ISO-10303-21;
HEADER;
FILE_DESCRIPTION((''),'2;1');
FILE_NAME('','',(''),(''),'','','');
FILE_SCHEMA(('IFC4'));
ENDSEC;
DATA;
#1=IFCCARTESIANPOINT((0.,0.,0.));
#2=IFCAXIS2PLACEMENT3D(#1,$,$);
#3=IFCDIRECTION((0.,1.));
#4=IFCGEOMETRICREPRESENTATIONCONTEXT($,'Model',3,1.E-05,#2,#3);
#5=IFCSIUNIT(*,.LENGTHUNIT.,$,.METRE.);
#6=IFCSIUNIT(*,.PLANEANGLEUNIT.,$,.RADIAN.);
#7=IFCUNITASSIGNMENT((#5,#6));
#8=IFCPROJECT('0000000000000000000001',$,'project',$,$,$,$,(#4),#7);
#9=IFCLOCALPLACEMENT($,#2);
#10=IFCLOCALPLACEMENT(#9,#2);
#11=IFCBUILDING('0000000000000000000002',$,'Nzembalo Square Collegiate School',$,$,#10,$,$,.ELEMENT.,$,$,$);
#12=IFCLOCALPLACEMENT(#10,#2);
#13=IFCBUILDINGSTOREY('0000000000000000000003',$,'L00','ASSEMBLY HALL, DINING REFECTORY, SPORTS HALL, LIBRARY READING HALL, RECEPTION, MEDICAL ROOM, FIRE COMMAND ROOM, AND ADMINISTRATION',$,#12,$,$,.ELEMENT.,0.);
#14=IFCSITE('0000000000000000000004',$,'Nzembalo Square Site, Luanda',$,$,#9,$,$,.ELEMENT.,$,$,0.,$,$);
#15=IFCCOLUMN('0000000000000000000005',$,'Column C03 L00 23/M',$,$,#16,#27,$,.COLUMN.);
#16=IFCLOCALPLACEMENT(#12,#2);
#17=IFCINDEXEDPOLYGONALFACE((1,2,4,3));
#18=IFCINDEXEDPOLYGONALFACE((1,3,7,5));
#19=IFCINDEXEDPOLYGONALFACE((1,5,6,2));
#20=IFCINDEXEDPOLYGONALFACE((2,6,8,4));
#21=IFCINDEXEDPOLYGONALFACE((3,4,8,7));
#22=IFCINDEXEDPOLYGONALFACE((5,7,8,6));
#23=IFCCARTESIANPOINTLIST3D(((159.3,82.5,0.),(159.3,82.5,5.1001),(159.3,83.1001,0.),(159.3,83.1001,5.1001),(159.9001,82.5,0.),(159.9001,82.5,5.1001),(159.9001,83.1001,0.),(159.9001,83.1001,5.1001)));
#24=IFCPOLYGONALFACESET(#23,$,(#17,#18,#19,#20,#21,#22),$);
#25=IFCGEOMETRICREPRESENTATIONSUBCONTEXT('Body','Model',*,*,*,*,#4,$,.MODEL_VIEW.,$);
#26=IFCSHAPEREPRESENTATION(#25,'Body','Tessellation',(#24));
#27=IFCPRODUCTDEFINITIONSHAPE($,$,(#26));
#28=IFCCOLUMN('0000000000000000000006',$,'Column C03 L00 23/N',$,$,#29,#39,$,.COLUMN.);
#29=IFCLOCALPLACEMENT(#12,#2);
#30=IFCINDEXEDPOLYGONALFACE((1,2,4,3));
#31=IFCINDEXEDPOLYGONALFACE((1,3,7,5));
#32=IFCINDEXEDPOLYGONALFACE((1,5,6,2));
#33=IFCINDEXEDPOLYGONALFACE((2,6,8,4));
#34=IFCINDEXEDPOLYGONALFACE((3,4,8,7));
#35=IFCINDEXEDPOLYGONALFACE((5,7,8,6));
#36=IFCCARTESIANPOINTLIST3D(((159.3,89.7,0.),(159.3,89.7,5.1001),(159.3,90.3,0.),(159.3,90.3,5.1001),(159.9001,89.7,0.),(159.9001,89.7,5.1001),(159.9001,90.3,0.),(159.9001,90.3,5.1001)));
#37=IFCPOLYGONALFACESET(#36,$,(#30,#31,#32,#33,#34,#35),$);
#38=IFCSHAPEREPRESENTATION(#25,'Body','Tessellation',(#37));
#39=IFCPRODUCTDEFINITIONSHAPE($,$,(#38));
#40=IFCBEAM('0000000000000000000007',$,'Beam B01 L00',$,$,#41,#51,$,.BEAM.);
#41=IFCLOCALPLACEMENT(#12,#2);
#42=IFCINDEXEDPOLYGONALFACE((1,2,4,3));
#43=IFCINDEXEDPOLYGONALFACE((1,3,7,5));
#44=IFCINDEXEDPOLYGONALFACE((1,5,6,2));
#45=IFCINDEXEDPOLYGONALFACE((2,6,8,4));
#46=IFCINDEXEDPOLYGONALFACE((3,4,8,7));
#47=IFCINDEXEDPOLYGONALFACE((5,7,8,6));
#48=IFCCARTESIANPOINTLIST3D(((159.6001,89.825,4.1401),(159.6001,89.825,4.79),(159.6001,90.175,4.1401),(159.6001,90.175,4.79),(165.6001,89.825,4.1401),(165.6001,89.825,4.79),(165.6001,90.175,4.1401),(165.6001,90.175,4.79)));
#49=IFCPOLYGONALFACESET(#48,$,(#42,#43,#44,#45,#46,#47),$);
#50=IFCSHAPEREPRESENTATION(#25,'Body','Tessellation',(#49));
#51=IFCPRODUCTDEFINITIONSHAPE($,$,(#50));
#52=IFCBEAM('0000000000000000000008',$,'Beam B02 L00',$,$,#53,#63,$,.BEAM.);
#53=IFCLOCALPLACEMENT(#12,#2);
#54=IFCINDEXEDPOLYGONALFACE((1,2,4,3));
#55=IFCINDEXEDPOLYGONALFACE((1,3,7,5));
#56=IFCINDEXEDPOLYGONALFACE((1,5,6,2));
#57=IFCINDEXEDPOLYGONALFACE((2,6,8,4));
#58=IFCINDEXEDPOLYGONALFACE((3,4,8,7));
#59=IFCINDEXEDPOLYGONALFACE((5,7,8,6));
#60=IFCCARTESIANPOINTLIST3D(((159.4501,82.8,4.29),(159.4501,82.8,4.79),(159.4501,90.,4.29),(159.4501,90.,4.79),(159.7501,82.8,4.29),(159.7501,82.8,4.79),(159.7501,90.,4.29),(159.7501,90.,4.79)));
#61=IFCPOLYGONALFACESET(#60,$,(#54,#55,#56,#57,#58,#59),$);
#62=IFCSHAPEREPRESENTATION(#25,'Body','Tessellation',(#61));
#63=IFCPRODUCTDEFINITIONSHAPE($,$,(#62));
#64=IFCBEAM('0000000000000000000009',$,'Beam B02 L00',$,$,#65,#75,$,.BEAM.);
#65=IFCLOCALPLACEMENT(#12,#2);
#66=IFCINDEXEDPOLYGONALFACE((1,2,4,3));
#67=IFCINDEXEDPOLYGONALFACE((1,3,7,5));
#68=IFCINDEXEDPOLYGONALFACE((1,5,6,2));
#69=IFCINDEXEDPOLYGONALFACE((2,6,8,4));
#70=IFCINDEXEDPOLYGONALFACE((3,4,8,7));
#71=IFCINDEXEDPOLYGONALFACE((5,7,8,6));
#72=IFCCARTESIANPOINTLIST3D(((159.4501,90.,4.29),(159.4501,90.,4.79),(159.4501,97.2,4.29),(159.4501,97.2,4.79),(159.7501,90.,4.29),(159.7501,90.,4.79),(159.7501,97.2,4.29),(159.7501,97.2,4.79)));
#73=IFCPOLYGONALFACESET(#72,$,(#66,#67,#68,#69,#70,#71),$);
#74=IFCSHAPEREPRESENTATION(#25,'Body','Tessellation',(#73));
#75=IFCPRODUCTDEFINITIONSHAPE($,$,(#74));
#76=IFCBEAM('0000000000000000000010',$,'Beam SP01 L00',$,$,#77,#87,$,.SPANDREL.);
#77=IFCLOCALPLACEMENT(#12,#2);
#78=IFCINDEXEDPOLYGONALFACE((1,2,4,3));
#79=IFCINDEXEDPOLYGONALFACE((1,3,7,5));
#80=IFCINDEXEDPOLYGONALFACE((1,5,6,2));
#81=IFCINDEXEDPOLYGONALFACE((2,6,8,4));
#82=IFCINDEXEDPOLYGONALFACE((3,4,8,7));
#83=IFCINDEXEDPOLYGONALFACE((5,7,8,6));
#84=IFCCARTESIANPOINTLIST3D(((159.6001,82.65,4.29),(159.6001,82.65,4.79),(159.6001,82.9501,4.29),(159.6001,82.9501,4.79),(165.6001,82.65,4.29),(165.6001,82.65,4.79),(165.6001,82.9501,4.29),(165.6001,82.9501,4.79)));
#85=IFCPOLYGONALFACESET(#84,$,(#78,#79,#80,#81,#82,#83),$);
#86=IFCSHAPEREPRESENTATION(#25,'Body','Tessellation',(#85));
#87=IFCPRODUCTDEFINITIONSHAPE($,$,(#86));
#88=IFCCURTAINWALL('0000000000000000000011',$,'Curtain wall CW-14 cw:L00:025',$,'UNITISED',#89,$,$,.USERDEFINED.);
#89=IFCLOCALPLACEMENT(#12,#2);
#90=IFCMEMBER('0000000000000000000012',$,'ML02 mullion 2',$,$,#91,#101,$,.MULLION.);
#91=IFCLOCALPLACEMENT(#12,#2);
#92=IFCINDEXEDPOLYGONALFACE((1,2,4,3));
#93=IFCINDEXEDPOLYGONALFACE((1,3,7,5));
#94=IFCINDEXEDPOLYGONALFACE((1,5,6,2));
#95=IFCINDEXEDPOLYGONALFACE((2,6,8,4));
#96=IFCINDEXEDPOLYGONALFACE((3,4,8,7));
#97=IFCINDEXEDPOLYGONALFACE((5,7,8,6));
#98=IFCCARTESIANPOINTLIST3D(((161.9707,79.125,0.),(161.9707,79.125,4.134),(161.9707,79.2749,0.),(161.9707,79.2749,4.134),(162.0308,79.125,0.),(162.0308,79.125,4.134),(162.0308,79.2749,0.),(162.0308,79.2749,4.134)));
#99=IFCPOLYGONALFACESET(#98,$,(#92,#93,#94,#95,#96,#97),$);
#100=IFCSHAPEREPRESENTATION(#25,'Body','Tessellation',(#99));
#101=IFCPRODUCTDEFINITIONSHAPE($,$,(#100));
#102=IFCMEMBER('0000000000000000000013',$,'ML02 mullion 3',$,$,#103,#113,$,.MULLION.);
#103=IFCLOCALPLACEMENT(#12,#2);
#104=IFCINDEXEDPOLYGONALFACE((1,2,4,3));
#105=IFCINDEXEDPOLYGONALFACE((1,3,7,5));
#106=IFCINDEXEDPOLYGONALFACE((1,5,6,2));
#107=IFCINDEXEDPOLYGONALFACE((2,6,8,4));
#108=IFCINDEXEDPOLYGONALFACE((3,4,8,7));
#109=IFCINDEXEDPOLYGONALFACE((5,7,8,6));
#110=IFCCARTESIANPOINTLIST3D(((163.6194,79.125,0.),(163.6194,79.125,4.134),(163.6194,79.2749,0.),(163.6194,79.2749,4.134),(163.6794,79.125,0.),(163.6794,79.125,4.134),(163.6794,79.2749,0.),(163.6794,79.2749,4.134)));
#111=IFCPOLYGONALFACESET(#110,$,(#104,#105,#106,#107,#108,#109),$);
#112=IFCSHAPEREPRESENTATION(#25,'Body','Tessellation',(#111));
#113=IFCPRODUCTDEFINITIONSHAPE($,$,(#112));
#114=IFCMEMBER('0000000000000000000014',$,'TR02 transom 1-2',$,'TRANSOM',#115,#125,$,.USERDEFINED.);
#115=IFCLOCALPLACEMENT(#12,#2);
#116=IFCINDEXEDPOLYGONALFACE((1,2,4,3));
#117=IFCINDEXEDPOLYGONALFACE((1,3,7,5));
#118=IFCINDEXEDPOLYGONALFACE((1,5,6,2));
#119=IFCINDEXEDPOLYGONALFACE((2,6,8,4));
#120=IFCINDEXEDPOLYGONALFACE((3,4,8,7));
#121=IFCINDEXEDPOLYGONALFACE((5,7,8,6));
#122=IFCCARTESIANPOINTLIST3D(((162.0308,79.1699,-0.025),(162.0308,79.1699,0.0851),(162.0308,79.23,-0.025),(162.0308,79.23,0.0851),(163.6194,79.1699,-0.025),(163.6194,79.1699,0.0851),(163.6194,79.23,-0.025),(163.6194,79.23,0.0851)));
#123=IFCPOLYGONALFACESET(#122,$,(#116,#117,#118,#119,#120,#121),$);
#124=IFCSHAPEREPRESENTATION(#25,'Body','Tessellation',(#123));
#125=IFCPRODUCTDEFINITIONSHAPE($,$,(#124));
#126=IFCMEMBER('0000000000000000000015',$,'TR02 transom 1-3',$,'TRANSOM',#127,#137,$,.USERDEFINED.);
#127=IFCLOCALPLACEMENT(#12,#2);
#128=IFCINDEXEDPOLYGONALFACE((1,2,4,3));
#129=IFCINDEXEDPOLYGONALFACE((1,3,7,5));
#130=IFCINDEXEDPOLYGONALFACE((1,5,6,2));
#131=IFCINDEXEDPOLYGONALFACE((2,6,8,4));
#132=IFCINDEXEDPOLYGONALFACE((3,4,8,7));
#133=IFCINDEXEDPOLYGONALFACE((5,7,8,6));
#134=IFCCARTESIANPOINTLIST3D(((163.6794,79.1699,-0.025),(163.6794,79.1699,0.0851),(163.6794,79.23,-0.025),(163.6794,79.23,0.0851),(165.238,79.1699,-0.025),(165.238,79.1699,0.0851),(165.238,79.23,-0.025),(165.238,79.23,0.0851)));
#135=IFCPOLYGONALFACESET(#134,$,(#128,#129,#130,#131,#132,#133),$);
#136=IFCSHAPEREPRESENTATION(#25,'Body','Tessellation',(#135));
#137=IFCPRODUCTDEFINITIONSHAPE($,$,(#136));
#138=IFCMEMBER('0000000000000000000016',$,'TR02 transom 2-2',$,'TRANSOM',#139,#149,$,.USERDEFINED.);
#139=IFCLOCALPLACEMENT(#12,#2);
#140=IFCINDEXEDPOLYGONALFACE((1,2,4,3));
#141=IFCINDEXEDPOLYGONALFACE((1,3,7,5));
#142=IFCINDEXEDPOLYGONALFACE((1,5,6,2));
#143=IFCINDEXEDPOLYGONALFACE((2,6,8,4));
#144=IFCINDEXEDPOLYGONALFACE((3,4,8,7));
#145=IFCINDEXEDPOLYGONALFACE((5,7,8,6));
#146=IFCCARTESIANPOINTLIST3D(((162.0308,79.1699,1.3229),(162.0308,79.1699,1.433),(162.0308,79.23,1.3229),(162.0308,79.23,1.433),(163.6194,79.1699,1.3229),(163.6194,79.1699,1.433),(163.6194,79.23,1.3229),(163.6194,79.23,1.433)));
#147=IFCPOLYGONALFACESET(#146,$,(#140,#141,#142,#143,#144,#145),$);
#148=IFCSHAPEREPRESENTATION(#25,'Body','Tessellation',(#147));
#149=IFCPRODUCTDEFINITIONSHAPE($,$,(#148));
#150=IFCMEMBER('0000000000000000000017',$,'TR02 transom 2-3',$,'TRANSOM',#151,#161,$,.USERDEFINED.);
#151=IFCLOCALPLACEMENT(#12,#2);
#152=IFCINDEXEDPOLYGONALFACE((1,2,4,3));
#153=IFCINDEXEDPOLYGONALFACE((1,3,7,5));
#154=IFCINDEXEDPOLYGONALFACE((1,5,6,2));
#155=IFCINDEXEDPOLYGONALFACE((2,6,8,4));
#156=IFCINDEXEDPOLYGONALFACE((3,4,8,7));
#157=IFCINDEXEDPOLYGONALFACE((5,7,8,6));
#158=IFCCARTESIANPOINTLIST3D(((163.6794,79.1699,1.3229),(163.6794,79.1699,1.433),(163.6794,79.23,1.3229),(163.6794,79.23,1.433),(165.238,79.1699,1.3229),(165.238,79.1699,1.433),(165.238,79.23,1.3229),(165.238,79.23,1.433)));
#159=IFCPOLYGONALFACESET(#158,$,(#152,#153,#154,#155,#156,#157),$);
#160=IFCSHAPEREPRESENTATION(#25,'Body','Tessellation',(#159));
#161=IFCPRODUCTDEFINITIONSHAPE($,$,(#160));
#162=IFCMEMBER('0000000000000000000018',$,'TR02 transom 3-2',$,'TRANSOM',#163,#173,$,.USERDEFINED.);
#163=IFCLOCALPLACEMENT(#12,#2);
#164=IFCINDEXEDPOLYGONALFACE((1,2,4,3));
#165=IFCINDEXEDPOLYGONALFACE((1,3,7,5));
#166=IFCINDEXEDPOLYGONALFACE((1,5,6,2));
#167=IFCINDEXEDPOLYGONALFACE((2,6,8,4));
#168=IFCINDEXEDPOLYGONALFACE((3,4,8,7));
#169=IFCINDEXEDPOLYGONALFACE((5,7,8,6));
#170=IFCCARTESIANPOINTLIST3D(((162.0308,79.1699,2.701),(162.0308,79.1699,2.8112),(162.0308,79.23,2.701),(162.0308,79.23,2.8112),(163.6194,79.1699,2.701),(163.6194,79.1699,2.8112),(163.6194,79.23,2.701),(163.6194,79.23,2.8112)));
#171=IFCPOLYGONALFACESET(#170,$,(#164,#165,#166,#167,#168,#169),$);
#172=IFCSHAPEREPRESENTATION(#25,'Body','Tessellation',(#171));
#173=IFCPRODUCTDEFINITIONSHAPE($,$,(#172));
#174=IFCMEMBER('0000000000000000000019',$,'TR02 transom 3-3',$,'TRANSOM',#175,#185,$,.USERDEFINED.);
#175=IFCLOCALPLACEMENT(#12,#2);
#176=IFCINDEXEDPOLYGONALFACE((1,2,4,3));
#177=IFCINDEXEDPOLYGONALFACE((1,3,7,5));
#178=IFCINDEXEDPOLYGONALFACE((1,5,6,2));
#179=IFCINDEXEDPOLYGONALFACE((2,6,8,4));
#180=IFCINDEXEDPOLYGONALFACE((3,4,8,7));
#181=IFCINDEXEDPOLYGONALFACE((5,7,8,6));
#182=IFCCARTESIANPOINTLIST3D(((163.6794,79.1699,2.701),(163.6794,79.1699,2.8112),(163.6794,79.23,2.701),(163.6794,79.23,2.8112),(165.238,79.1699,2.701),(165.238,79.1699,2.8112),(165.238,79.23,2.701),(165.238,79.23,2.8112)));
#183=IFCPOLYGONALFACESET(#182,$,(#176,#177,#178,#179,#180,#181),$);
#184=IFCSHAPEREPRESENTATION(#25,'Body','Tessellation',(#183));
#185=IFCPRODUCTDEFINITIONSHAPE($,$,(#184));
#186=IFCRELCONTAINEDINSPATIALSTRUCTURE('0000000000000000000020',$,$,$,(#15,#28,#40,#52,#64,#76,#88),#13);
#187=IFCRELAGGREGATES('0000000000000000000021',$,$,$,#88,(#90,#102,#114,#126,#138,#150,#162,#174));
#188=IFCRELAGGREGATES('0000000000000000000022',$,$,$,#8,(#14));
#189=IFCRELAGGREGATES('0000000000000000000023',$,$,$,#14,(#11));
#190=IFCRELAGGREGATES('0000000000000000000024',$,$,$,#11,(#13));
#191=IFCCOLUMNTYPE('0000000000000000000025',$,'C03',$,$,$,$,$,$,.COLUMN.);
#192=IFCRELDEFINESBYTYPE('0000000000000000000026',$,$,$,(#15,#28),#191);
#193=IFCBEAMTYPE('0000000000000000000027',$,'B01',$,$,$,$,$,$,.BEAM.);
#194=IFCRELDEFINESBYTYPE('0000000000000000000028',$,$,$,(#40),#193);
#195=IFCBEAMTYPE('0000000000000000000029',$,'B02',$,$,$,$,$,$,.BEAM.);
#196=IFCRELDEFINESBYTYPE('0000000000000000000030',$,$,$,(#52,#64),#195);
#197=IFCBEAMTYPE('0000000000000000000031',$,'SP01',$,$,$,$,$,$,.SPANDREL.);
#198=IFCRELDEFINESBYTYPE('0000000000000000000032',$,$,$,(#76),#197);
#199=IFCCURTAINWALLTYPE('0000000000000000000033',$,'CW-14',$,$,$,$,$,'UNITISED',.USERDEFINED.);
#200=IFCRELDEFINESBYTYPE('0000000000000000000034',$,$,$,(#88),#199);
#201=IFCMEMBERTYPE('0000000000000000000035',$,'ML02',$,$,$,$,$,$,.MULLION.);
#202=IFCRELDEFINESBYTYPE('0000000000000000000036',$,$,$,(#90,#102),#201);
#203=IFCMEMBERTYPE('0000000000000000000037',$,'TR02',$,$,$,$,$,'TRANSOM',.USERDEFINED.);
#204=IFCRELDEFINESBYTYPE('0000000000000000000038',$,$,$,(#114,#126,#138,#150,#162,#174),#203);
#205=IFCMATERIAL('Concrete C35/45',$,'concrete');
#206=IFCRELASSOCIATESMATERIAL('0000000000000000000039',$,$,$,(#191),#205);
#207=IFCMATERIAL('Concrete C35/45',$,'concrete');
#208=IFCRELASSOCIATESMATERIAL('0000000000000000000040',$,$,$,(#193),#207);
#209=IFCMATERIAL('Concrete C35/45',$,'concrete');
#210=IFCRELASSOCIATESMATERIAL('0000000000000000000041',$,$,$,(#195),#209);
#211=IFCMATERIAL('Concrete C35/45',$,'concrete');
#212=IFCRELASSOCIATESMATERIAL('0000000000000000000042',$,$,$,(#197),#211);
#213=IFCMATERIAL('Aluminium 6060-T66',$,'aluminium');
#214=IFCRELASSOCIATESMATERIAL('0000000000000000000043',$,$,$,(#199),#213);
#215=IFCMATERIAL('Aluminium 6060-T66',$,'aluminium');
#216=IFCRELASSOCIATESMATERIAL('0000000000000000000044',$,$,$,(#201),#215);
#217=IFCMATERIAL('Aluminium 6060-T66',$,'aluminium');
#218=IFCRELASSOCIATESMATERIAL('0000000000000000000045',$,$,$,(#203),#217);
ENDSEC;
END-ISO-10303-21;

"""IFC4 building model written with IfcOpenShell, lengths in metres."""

from ifc_helpers import new_model, si_unit, direction, frame, origin, origin_2d, place, context, subcontext, project, spatial, rectangle, extrude, material, material_profile, profile_set, type_object, element, aggregate, save


model = new_model("IFC4")

# Units and contexts
model_context = context("Model", 3, precision=1e-05, world=origin(), true_north=direction((0.0, 1.0)))
body_context = subcontext(model_context, "Body", "Model", "MODEL_VIEW")
ifc_project = project(units=[si_unit("LENGTHUNIT", "METRE"), si_unit("PLANEANGLEUNIT", "RADIAN")], contexts=[model_context])

# Site, building, storey
site_placement = place(None, origin())
site = spatial("IfcSite", under=ifc_project, at=site_placement, Name="Nzembalo Square Site, Luanda", CompositionType="ELEMENT", RefElevation=0.0)
building_placement = place(site_placement, origin())
building = spatial("IfcBuilding", under=site, at=building_placement, Name="Nzembalo Square Collegiate School", CompositionType="ELEMENT")
storey_placement = place(building_placement, origin())
storey = spatial("IfcBuildingStorey", under=building, at=storey_placement, Name="L00", Description="ASSEMBLY HALL, DINING REFECTORY, SPORTS HALL, LIBRARY READING HALL, RECEPTION, MEDICAL ROOM, FIRE COMMAND ROOM, AND ADMINISTRATION", CompositionType="ELEMENT", Elevation=0.0)

# Columns
ifc_material_1 = material(Name="Concrete C35/45", Category="concrete")
ifc_material_profile_1 = material_profile(ifc_material_1, rectangle(XDim=0.6001, YDim=0.6001, at=origin_2d()), Name="RC 600x600")
ifc_profile_set_1 = profile_set([ifc_material_profile_1], Name="Concrete C35/45")
column_type = type_object("IfcColumnType", Name="C03", PredefinedType="COLUMN", material=ifc_profile_set_1)
for number, where, z_axis, x_axis, name in (
    (1, (159.6001, 82.8, 0.0), (0.0, 0.0, 1.0), (1.0, 0.0, 0.0), "Column C03 L00 23/M"),
    (2, (159.6001, 90.0, 0.0), (0.0, 0.0, 1.0), (1.0, 0.0, 0.0), "Column C03 L00 23/N"),
):
    element("IfcColumn", number, at=place(storey_placement, frame(where, z_axis=z_axis, x_axis=x_axis)), inside=storey, type_object=column_type, Name=name, PredefinedType="COLUMN", context=body_context, shape_type="SweptSolid", body=[
        extrude(rectangle(XDim=0.6001, YDim=0.6001, at=origin_2d()), origin(), (0.0, 0.0, 1.0), 5.1001),
    ])

# Beams
ifc_material_2 = material(Name="Concrete C35/45", Category="concrete")
ifc_material_profile_2 = material_profile(ifc_material_2, rectangle(XDim=0.3501, YDim=0.6499, at=origin_2d()), Name="RC 350x650")
ifc_profile_set_2 = profile_set([ifc_material_profile_2], Name="Concrete C35/45")
beam_type_1 = type_object("IfcBeamType", Name="B01", PredefinedType="BEAM", material=ifc_profile_set_2)
beam_1_placement = place(storey_placement, frame((159.6001, 90.0, 4.4651), z_axis=(1.0, 0.0, 0.0), x_axis=(0.0, 1.0, 0.0)))
element("IfcBeam", 3, at=beam_1_placement, inside=storey, type_object=beam_type_1, Name="Beam B01 L00", PredefinedType="BEAM", context=body_context, shape_type="SweptSolid", body=[
    extrude(rectangle(XDim=0.3501, YDim=0.6499, at=origin_2d()), origin(), (0.0, 0.0, 1.0), 6.0),
])
ifc_material_3 = material(Name="Concrete C35/45", Category="concrete")
ifc_material_profile_3 = material_profile(ifc_material_3, rectangle(XDim=0.3, YDim=0.5, at=origin_2d()), Name="RC 300x500")
ifc_profile_set_3 = profile_set([ifc_material_profile_3], Name="Concrete C35/45")
beam_type_2 = type_object("IfcBeamType", Name="B02", PredefinedType="BEAM", material=ifc_profile_set_3)
for number, where, z_axis, x_axis, name in (
    (4, (159.6001, 82.8, 4.54), (0.0, 1.0, 0.0), (-1.0, 0.0, 0.0), "Beam B02 L00"),
    (5, (159.6001, 90.0, 4.54), (0.0, 1.0, 0.0), (-1.0, 0.0, 0.0), "Beam B02 L00"),
):
    element("IfcBeam", number, at=place(storey_placement, frame(where, z_axis=z_axis, x_axis=x_axis)), inside=storey, type_object=beam_type_2, Name=name, PredefinedType="BEAM", context=body_context, shape_type="SweptSolid", body=[
        extrude(rectangle(XDim=0.3, YDim=0.5, at=origin_2d()), origin(), (0.0, 0.0, 1.0), 7.2),
    ])
ifc_material_4 = material(Name="Concrete C35/45", Category="concrete")
ifc_material_profile_4 = material_profile(ifc_material_4, rectangle(XDim=0.3, YDim=0.5, at=origin_2d()), Name="RC 300x500")
ifc_profile_set_4 = profile_set([ifc_material_profile_4], Name="Concrete C35/45")
beam_type_3 = type_object("IfcBeamType", Name="SP01", PredefinedType="SPANDREL", material=ifc_profile_set_4)
beam_2_placement = place(storey_placement, frame((159.6001, 82.8, 4.54), z_axis=(1.0, 0.0, 0.0), x_axis=(0.0, 1.0, 0.0)))
element("IfcBeam", 6, at=beam_2_placement, inside=storey, type_object=beam_type_3, Name="Beam SP01 L00", PredefinedType="SPANDREL", context=body_context, shape_type="SweptSolid", body=[
    extrude(rectangle(XDim=0.3, YDim=0.5, at=origin_2d()), origin(), (0.0, 0.0, 1.0), 6.0),
])

# Curtain wall, members
ifc_material_5 = material(Name="Aluminium 6060-T66", Category="aluminium")
curtain_wall_type = type_object("IfcCurtainWallType", Name="CW-14", ElementType="UNITISED", PredefinedType="USERDEFINED", material=ifc_material_5)
curtain_wall_placement = place(storey_placement, origin())
curtain_wall = element("IfcCurtainWall", 7, at=curtain_wall_placement, inside=storey, type_object=curtain_wall_type, Name="Curtain wall CW-14 cw:L00:025", ObjectType="UNITISED", PredefinedType="USERDEFINED")
ifc_material_6 = material(Name="Aluminium 6060-T66", Category="aluminium")
ifc_material_profile_5 = material_profile(ifc_material_6, rectangle(XDim=0.0601, YDim=0.1499, at=origin_2d()), Name="ALU M60x150")
ifc_profile_set_5 = profile_set([ifc_material_profile_5], Name="Aluminium 6060-T66")
member_type_1 = type_object("IfcMemberType", Name="ML02", PredefinedType="MULLION", material=ifc_profile_set_5)
member_1_placement = place(storey_placement, frame((162.0007, 79.2, 0.0), z_axis=(0.0, 0.0, 1.0), x_axis=(1.0, 0.0, 0.0)))
member_1 = element("IfcMember", 8, at=member_1_placement, type_object=member_type_1, Name="ML02 mullion 2", PredefinedType="MULLION", context=body_context, shape_type="SweptSolid", body=[
    extrude(rectangle(XDim=0.0601, YDim=0.1499, at=origin_2d()), origin(), (0.0, 0.0, 1.0), 4.134),
])
member_2_placement = place(storey_placement, frame((163.6494, 79.2, 0.0), z_axis=(0.0, 0.0, 1.0), x_axis=(1.0, 0.0, 0.0)))
member_2 = element("IfcMember", 9, at=member_2_placement, type_object=member_type_1, Name="ML02 mullion 3", PredefinedType="MULLION", context=body_context, shape_type="SweptSolid", body=[
    extrude(rectangle(XDim=0.0601, YDim=0.1499, at=origin_2d()), origin(), (0.0, 0.0, 1.0), 4.134),
])
ifc_material_7 = material(Name="Aluminium 6060-T66", Category="aluminium")
ifc_material_profile_6 = material_profile(ifc_material_7, rectangle(XDim=0.0601, YDim=0.1101, at=origin_2d()), Name="ALU T60x110")
ifc_profile_set_6 = profile_set([ifc_material_profile_6], Name="Aluminium 6060-T66")
member_type_2 = type_object("IfcMemberType", Name="TR02", ElementType="TRANSOM", PredefinedType="USERDEFINED", material=ifc_profile_set_6)
member_3_placement = place(storey_placement, frame((162.0308, 79.2, 0.03), z_axis=(1.0, 0.0, 0.0), x_axis=(0.0, 1.0, 0.0)))
member_3 = element("IfcMember", 10, at=member_3_placement, type_object=member_type_2, Name="TR02 transom 1-2", ObjectType="TRANSOM", PredefinedType="USERDEFINED", context=body_context, shape_type="SweptSolid", body=[
    extrude(rectangle(XDim=0.0601, YDim=0.1101, at=origin_2d()), origin(), (0.0, 0.0, 1.0), 1.5886),
])
member_4_placement = place(storey_placement, frame((163.6794, 79.2, 0.03), z_axis=(1.0, 0.0, 0.0), x_axis=(0.0, 1.0, 0.0)))
member_4 = element("IfcMember", 11, at=member_4_placement, type_object=member_type_2, Name="TR02 transom 1-3", ObjectType="TRANSOM", PredefinedType="USERDEFINED", context=body_context, shape_type="SweptSolid", body=[
    extrude(rectangle(XDim=0.0601, YDim=0.1101, at=origin_2d()), origin(), (0.0, 0.0, 1.0), 1.5586),
])
member_5_placement = place(storey_placement, frame((162.0308, 79.2, 1.3779), z_axis=(1.0, 0.0, 0.0), x_axis=(0.0, 1.0, 0.0)))
member_5 = element("IfcMember", 12, at=member_5_placement, type_object=member_type_2, Name="TR02 transom 2-2", ObjectType="TRANSOM", PredefinedType="USERDEFINED", context=body_context, shape_type="SweptSolid", body=[
    extrude(rectangle(XDim=0.0601, YDim=0.1101, at=origin_2d()), origin(), (0.0, 0.0, 1.0), 1.5886),
])
member_6_placement = place(storey_placement, frame((163.6794, 79.2, 1.3779), z_axis=(1.0, 0.0, 0.0), x_axis=(0.0, 1.0, 0.0)))
member_6 = element("IfcMember", 13, at=member_6_placement, type_object=member_type_2, Name="TR02 transom 2-3", ObjectType="TRANSOM", PredefinedType="USERDEFINED", context=body_context, shape_type="SweptSolid", body=[
    extrude(rectangle(XDim=0.0601, YDim=0.1101, at=origin_2d()), origin(), (0.0, 0.0, 1.0), 1.5586),
])
member_7_placement = place(storey_placement, frame((162.0308, 79.2, 2.7561), z_axis=(1.0, 0.0, 0.0), x_axis=(0.0, 1.0, 0.0)))
member_7 = element("IfcMember", 14, at=member_7_placement, type_object=member_type_2, Name="TR02 transom 3-2", ObjectType="TRANSOM", PredefinedType="USERDEFINED", context=body_context, shape_type="SweptSolid", body=[
    extrude(rectangle(XDim=0.0601, YDim=0.1101, at=origin_2d()), origin(), (0.0, 0.0, 1.0), 1.5886),
])
member_8_placement = place(storey_placement, frame((163.6794, 79.2, 2.7561), z_axis=(1.0, 0.0, 0.0), x_axis=(0.0, 1.0, 0.0)))
member_8 = element("IfcMember", 15, at=member_8_placement, type_object=member_type_2, Name="TR02 transom 3-3", ObjectType="TRANSOM", PredefinedType="USERDEFINED", context=body_context, shape_type="SweptSolid", body=[
    extrude(rectangle(XDim=0.0601, YDim=0.1101, at=origin_2d()), origin(), (0.0, 0.0, 1.0), 1.5586),
])
aggregate(curtain_wall, [member_1, member_2, member_3, member_4, member_5, member_6, member_7, member_8])

save(model, "model.ifc")
